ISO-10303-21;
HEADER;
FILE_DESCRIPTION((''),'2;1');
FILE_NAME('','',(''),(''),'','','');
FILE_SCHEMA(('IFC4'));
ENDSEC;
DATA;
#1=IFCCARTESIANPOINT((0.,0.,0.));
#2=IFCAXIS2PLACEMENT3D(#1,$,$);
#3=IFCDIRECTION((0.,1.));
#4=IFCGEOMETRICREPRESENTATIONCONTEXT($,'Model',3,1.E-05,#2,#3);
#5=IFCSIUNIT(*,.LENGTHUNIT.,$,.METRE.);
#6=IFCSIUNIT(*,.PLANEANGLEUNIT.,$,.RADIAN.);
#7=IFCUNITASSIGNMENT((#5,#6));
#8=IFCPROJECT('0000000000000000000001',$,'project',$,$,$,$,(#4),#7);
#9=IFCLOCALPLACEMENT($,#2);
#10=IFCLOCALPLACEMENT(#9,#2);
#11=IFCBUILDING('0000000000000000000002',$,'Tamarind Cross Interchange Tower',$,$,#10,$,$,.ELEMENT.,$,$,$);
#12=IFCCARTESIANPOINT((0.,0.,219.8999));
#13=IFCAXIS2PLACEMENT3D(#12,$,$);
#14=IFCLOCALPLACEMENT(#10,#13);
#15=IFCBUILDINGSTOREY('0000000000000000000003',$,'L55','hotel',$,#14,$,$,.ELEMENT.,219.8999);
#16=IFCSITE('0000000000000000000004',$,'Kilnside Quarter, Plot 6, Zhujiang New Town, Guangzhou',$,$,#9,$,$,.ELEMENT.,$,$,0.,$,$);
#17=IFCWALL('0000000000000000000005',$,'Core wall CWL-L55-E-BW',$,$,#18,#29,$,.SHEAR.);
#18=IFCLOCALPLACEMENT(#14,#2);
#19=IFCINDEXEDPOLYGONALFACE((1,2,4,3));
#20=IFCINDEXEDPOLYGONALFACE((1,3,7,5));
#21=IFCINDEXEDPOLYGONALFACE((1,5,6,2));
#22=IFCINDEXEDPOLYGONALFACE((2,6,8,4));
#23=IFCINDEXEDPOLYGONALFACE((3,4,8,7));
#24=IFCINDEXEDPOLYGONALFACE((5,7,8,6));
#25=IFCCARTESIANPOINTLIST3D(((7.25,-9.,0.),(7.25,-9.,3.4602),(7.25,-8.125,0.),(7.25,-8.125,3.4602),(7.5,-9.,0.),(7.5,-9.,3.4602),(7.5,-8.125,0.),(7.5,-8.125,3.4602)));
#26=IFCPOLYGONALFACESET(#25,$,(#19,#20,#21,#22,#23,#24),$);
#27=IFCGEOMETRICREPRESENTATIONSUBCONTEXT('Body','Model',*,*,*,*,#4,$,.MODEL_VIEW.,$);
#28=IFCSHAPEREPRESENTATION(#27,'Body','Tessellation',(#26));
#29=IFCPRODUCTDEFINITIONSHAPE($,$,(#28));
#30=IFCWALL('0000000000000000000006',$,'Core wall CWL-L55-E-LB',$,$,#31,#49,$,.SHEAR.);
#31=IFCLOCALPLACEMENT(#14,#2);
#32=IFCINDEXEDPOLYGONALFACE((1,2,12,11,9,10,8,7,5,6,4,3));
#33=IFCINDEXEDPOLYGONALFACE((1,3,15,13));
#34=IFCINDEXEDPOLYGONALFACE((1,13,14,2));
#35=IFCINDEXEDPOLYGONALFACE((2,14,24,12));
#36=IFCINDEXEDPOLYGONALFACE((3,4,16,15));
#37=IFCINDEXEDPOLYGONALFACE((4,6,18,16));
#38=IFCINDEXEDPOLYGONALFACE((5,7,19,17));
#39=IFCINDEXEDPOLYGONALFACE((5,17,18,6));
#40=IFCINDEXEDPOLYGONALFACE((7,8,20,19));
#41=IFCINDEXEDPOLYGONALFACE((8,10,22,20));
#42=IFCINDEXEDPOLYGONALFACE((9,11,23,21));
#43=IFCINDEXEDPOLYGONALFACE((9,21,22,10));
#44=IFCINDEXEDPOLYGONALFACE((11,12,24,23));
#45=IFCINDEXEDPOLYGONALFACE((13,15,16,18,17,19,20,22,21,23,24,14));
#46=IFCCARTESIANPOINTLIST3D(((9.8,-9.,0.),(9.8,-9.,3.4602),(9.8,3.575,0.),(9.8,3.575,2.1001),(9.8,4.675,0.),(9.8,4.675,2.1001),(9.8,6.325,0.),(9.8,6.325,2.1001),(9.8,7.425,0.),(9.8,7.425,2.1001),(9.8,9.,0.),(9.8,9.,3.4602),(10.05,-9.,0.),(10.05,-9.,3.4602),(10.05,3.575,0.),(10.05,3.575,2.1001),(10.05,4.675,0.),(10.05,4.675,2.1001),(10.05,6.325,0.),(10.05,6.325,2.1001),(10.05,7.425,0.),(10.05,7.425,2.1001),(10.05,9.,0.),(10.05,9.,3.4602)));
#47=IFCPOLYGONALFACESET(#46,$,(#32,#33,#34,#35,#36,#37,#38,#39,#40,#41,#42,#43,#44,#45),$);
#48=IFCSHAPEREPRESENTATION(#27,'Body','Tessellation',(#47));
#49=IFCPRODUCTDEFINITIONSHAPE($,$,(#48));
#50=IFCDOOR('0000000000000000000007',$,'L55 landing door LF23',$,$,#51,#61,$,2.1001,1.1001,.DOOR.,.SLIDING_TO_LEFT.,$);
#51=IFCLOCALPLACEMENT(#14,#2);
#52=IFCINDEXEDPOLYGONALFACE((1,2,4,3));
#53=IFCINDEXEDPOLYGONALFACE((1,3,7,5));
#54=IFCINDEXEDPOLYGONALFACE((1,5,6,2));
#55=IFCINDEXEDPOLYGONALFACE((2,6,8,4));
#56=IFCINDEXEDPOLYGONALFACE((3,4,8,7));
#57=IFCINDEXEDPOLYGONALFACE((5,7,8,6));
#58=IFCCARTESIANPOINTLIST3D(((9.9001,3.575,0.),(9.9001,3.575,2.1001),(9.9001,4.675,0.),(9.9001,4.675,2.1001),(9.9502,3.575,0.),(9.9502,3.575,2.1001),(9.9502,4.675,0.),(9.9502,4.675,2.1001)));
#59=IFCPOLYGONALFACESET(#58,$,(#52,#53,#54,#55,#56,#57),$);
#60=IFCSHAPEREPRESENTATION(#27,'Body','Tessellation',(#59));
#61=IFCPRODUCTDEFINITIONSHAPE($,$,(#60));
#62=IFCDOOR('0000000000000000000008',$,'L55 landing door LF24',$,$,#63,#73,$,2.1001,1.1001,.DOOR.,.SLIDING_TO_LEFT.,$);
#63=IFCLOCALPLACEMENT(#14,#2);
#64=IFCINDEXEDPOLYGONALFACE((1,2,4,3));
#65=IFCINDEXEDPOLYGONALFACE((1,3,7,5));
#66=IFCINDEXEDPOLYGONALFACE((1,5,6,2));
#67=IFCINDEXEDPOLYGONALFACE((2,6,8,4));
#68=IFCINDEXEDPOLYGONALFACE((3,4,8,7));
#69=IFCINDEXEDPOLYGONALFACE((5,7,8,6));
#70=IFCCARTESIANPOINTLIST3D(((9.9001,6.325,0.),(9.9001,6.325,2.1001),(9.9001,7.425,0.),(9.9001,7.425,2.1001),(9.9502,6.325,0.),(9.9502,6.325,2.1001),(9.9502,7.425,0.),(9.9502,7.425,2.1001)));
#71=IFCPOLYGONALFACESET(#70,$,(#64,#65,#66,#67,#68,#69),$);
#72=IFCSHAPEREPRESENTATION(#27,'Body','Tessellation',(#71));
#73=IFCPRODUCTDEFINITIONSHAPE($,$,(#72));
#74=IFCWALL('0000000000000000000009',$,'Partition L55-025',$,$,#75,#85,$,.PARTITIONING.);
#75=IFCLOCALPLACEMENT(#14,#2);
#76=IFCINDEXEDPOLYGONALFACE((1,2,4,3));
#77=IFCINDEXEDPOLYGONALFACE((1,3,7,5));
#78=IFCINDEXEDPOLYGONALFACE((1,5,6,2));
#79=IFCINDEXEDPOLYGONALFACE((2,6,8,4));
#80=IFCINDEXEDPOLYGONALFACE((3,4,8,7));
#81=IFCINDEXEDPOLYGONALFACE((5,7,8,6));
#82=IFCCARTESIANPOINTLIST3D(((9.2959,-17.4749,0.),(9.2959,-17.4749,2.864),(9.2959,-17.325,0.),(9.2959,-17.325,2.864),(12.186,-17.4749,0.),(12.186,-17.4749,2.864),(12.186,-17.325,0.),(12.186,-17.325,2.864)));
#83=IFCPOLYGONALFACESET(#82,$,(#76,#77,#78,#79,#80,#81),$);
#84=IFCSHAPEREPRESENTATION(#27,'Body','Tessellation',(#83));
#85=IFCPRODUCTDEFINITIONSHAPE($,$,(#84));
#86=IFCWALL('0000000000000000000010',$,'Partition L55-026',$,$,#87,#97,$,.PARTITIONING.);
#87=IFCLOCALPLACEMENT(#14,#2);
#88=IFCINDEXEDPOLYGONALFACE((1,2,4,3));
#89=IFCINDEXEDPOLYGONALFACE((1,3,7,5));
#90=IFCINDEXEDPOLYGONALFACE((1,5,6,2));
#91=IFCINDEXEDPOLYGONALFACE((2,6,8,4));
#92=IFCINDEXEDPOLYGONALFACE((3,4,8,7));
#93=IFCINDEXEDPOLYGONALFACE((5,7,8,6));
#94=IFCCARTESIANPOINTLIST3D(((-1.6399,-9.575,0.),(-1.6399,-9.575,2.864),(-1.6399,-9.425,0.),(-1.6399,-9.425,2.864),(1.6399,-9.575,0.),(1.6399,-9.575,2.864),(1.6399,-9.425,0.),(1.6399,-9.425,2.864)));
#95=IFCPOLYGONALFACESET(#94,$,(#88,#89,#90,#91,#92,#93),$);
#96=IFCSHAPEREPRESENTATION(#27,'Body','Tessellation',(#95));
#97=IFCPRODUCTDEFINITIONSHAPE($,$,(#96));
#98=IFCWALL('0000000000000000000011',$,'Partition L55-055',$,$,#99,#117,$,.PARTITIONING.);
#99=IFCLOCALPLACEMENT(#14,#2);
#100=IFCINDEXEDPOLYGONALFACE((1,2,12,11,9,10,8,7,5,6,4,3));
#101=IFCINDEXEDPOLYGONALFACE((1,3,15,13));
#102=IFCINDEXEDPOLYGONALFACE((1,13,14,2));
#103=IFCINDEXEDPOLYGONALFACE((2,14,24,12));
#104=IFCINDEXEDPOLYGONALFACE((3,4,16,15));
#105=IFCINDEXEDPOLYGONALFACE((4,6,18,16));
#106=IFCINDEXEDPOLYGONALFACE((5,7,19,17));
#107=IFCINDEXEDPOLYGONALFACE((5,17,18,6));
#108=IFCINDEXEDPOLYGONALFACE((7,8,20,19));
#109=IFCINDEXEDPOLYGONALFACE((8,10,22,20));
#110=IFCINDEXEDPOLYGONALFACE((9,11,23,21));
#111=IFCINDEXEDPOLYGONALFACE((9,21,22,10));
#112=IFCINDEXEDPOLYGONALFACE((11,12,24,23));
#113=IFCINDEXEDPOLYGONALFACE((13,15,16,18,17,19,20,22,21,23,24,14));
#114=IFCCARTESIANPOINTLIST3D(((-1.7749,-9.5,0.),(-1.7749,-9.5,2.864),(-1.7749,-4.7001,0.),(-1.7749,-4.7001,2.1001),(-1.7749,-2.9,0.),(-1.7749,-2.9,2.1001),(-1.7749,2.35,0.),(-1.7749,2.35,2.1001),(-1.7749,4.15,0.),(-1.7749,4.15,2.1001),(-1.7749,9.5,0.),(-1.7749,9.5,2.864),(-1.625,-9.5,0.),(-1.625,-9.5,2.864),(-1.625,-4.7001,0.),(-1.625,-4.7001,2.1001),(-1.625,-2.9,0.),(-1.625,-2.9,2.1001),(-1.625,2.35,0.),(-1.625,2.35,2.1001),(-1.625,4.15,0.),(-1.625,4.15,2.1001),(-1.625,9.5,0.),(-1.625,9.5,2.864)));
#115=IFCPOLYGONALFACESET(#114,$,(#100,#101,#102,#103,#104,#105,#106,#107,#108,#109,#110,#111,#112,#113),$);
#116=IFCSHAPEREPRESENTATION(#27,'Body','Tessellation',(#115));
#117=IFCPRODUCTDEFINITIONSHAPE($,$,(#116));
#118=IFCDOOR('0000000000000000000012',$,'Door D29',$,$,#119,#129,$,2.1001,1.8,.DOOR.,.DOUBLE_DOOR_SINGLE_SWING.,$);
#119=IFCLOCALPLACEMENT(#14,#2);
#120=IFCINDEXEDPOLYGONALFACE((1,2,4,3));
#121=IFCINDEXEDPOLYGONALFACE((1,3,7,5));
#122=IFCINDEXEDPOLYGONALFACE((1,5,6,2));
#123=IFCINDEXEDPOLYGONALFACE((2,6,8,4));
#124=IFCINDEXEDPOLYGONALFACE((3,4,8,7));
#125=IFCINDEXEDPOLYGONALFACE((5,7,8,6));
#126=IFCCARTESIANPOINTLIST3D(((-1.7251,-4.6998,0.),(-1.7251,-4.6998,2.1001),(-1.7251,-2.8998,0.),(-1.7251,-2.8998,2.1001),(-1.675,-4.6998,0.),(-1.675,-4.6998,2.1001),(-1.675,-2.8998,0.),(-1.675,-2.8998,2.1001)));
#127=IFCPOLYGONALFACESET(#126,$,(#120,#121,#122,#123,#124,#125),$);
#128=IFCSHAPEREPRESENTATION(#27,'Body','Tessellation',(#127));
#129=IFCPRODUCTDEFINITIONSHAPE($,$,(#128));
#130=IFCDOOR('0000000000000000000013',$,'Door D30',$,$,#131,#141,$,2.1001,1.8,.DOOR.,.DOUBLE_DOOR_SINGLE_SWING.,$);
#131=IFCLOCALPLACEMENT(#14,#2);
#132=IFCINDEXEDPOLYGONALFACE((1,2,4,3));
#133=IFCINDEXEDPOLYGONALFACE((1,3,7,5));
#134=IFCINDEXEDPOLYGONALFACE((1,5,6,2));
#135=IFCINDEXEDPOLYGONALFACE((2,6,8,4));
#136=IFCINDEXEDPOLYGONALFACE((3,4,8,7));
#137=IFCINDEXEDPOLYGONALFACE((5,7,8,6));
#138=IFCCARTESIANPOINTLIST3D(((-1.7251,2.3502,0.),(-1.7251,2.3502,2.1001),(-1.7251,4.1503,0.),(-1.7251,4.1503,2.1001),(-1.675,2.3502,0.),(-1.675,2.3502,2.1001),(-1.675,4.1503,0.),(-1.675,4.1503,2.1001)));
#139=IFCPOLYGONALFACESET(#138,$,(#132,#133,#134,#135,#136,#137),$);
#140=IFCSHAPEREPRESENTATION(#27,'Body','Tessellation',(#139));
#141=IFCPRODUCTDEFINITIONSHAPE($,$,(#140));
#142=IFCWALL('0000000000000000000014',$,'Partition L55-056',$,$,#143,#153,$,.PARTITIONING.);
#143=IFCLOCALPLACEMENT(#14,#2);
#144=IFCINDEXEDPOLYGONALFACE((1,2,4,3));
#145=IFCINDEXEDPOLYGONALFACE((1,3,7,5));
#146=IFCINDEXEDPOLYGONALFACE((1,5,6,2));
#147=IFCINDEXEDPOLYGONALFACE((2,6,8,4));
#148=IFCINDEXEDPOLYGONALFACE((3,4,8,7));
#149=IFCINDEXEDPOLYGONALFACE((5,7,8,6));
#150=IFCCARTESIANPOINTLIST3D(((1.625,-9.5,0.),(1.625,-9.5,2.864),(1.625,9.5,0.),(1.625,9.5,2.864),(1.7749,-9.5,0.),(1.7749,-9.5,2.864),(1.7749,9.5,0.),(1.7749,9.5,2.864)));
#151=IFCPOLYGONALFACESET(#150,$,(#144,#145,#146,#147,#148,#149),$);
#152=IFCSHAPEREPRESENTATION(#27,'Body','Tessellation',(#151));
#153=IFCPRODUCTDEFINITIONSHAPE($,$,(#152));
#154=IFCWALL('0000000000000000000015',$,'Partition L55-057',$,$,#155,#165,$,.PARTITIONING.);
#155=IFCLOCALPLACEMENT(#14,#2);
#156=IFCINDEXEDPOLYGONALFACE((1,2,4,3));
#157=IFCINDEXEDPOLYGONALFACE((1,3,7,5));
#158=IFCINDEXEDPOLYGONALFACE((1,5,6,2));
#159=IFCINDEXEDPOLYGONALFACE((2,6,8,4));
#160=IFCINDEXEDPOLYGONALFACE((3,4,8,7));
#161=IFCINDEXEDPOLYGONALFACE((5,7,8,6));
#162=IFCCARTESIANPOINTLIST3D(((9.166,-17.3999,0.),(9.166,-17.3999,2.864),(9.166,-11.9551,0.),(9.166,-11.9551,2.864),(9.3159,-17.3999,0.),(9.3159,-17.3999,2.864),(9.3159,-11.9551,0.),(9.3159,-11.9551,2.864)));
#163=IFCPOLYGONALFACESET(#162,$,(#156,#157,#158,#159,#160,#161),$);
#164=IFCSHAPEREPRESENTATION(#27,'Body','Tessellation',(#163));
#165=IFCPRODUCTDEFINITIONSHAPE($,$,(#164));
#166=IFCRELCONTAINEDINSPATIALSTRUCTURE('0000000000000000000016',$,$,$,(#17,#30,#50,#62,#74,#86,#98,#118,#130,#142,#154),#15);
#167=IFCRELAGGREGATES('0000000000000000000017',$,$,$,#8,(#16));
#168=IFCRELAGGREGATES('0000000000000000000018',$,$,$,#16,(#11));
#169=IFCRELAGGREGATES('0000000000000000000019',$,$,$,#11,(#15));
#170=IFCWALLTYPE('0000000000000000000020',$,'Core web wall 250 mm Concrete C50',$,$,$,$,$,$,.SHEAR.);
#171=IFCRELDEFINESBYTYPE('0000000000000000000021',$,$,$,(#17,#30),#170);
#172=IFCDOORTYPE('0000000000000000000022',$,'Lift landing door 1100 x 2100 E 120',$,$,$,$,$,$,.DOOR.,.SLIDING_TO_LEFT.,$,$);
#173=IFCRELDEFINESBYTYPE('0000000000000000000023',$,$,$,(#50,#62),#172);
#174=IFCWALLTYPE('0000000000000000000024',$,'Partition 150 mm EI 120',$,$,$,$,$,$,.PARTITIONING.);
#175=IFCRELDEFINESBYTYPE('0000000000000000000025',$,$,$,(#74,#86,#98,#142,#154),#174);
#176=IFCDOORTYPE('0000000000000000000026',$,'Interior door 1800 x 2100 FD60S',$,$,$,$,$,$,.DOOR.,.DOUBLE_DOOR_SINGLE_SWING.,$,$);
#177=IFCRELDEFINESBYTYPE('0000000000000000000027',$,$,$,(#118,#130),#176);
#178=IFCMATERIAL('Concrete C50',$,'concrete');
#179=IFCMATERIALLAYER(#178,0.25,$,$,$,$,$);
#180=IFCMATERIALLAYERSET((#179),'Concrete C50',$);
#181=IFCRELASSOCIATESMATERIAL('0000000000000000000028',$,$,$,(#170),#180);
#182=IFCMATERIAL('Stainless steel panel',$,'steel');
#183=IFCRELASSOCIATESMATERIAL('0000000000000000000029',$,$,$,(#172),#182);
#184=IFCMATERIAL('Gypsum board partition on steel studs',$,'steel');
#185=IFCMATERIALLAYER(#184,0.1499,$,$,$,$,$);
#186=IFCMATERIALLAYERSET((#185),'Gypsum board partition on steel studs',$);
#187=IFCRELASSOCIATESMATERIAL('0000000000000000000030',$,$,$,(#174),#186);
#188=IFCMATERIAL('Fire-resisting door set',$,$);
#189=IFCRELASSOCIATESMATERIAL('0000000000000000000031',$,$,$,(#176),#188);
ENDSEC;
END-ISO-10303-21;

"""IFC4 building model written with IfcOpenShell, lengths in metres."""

from ifc_helpers import new_model, si_unit, direction, frame, frame_2d, origin, place, context, subcontext, project, spatial, rectangle, extrude, material, layer, layer_set, type_object, element, fill, save


model = new_model("IFC4")

# Units and contexts
model_context = context("Model", 3, precision=1e-05, world=origin(), true_north=direction((0.0, 1.0)))
body_context = subcontext(model_context, "Body", "Model", "MODEL_VIEW")
ifc_project = project(units=[si_unit("LENGTHUNIT", "METRE"), si_unit("PLANEANGLEUNIT", "RADIAN")], contexts=[model_context])

# Site, building, storey
site_placement = place(None, origin())
site = spatial("IfcSite", under=ifc_project, at=site_placement, Name="Kilnside Quarter, Plot 6, Zhujiang New Town, Guangzhou", CompositionType="ELEMENT", RefElevation=0.0)
building_placement = place(site_placement, origin())
building = spatial("IfcBuilding", under=site, at=building_placement, Name="Tamarind Cross Interchange Tower", CompositionType="ELEMENT")
storey_placement = place(building_placement, frame((0.0, 0.0, 219.8999)))
storey = spatial("IfcBuildingStorey", under=building, at=storey_placement, Name="L55", Description="hotel", CompositionType="ELEMENT", Elevation=219.8999)

# Shared definitions
ifc_material_1 = material(Name="Concrete C50", Category="concrete")

# Wall
ifc_layer_1 = layer(ifc_material_1, 0.25)
ifc_layer_set_1 = layer_set([ifc_layer_1], Name="Concrete C50")
wall_type_1 = type_object("IfcWallType", Name="Core web wall 250 mm Concrete C50", PredefinedType="SHEAR", material=ifc_layer_set_1)
wall_1_placement = place(storey_placement, frame((7.375, -9.0, 0.0), z_axis=(0.0, 0.0, 1.0), x_axis=(0.0, 1.0, 0.0)))
element("IfcWall", 1, at=wall_1_placement, inside=storey, type_object=wall_type_1, Name="Core wall CWL-L55-E-BW", PredefinedType="SHEAR", context=body_context, shape_type="SweptSolid", body=[
    extrude(rectangle(XDim=0.875, YDim=0.25, at=frame_2d((0.4375, 0.0))), origin(), (0.0, 0.0, 1.0), 3.4602),
])

# Wall, openings, doors
wall_2_placement = place(storey_placement, frame((9.925, -9.0, 0.0), z_axis=(0.0, 0.0, 1.0), x_axis=(0.0, 1.0, 0.0)))
wall_2 = element("IfcWall", 2, at=wall_2_placement, inside=storey, type_object=wall_type_1, Name="Core wall CWL-L55-E-LB", PredefinedType="SHEAR", context=body_context, shape_type="SweptSolid", body=[
    extrude(rectangle(XDim=18.0, YDim=0.25, at=frame_2d((9.0, 0.0))), origin(), (0.0, 0.0, 1.0), 3.4602),
])
opening_1_placement = place(wall_2_placement, frame((12.575, 0.0, 0.0)))
opening_1 = element("IfcOpeningElement", 3, at=opening_1_placement, cuts=wall_2, PredefinedType="OPENING", context=body_context, shape_type="SweptSolid", body=[
    extrude(rectangle(XDim=1.1001, YDim=2.1001, at=frame_2d((0.55, 1.05))), frame((0.0, 0.135, 0.0), z_axis=(0.0, -1.0, 0.0), x_axis=(1.0, 0.0, 0.0)), (0.0, 0.0, 1.0), 0.27),
])
opening_2_placement = place(wall_2_placement, frame((15.325, 0.0, 0.0)))
opening_2 = element("IfcOpeningElement", 4, at=opening_2_placement, cuts=wall_2, PredefinedType="OPENING", context=body_context, shape_type="SweptSolid", body=[
    extrude(rectangle(XDim=1.1001, YDim=2.1001, at=frame_2d((0.55, 1.05))), frame((0.0, 0.135, 0.0), z_axis=(0.0, -1.0, 0.0), x_axis=(1.0, 0.0, 0.0)), (0.0, 0.0, 1.0), 0.27),
])
ifc_material_2 = material(Name="Stainless steel panel", Category="steel")
door_type_1 = type_object("IfcDoorType", Name="Lift landing door 1100 x 2100 E 120", OperationType="SLIDING_TO_LEFT", PredefinedType="DOOR", material=ifc_material_2)
door_1_placement = place(opening_1_placement, origin())
door_1 = element("IfcDoor", 5, at=door_1_placement, inside=storey, type_object=door_type_1, Name="L55 landing door LF23", OperationType="SLIDING_TO_LEFT", OverallHeight=2.1001, OverallWidth=1.1001, PredefinedType="DOOR", context=body_context, shape_type="SweptSolid", body=[
    extrude(rectangle(XDim=1.1001, YDim=2.1001, at=frame_2d((0.55, 1.05))), frame((0.0, 0.0249, 0.0), z_axis=(0.0, -1.0, 0.0), x_axis=(1.0, 0.0, 0.0)), (0.0, 0.0, 1.0), 0.05),
])
fill(opening_1, door_1)
door_2_placement = place(opening_2_placement, origin())
door_2 = element("IfcDoor", 6, at=door_2_placement, inside=storey, type_object=door_type_1, Name="L55 landing door LF24", OperationType="SLIDING_TO_LEFT", OverallHeight=2.1001, OverallWidth=1.1001, PredefinedType="DOOR", context=body_context, shape_type="SweptSolid", body=[
    extrude(rectangle(XDim=1.1001, YDim=2.1001, at=frame_2d((0.55, 1.05))), frame((0.0, 0.0249, 0.0), z_axis=(0.0, -1.0, 0.0), x_axis=(1.0, 0.0, 0.0)), (0.0, 0.0, 1.0), 0.05),
])
fill(opening_2, door_2)

# Walls
ifc_material_3 = material(Name="Gypsum board partition on steel studs", Category="steel")
ifc_layer_2 = layer(ifc_material_3, 0.1499)
ifc_layer_set_2 = layer_set([ifc_layer_2], Name="Gypsum board partition on steel studs")
wall_type_2 = type_object("IfcWallType", Name="Partition 150 mm EI 120", PredefinedType="PARTITIONING", material=ifc_layer_set_2)
wall_3_placement = place(storey_placement, frame((9.2959, -17.3999, 0.0), z_axis=(0.0, 0.0, 1.0), x_axis=(1.0, 0.0, 0.0)))
element("IfcWall", 7, at=wall_3_placement, inside=storey, type_object=wall_type_2, Name="Partition L55-025", PredefinedType="PARTITIONING", context=body_context, shape_type="SweptSolid", body=[
    extrude(rectangle(XDim=2.8901, YDim=0.1499, at=frame_2d((1.4451, 0.0))), origin(), (0.0, 0.0, 1.0), 2.864),
])
wall_4_placement = place(storey_placement, frame((-1.6399, -9.5, 0.0), z_axis=(0.0, 0.0, 1.0), x_axis=(1.0, 0.0, 0.0)))
element("IfcWall", 8, at=wall_4_placement, inside=storey, type_object=wall_type_2, Name="Partition L55-026", PredefinedType="PARTITIONING", context=body_context, shape_type="SweptSolid", body=[
    extrude(rectangle(XDim=3.2798, YDim=0.1499, at=frame_2d((1.6399, 0.0))), origin(), (0.0, 0.0, 1.0), 2.864),
])

# Wall, openings, doors
wall_5_placement = place(storey_placement, frame((-1.7, -9.5, 0.0), z_axis=(0.0, 0.0, 1.0), x_axis=(0.0, 1.0, 0.0)))
wall_5 = element("IfcWall", 9, at=wall_5_placement, inside=storey, type_object=wall_type_2, Name="Partition L55-055", PredefinedType="PARTITIONING", context=body_context, shape_type="SweptSolid", body=[
    extrude(rectangle(XDim=19.0, YDim=0.1499, at=frame_2d((9.5, 0.0))), origin(), (0.0, 0.0, 1.0), 2.864),
])
opening_3_placement = place(wall_5_placement, frame((4.8, 0.0, 0.0)))
opening_3 = element("IfcOpeningElement", 10, at=opening_3_placement, cuts=wall_5, PredefinedType="OPENING", context=body_context, shape_type="SweptSolid", body=[
    extrude(rectangle(XDim=1.8, YDim=2.1001, at=frame_2d((0.8999, 1.05))), frame((0.0, 0.085, 0.0), z_axis=(0.0, -1.0, 0.0), x_axis=(1.0, 0.0, 0.0)), (0.0, 0.0, 1.0), 0.1699),
])
opening_4_placement = place(wall_5_placement, frame((11.8501, 0.0, 0.0)))
opening_4 = element("IfcOpeningElement", 11, at=opening_4_placement, cuts=wall_5, PredefinedType="OPENING", context=body_context, shape_type="SweptSolid", body=[
    extrude(rectangle(XDim=1.8, YDim=2.1001, at=frame_2d((0.8999, 1.05))), frame((0.0, 0.085, 0.0), z_axis=(0.0, -1.0, 0.0), x_axis=(1.0, 0.0, 0.0)), (0.0, 0.0, 1.0), 0.1699),
])
ifc_material_4 = material(Name="Fire-resisting door set")
door_type_2 = type_object("IfcDoorType", Name="Interior door 1800 x 2100 FD60S", OperationType="DOUBLE_DOOR_SINGLE_SWING", PredefinedType="DOOR", material=ifc_material_4)
door_3_placement = place(opening_3_placement, frame((1.8, 0.0, 0.0), z_axis=(0.0, 0.0, 1.0), x_axis=(-1.0, 0.0, 0.0)))
door_3 = element("IfcDoor", 12, at=door_3_placement, inside=storey, type_object=door_type_2, Name="Door D29", OperationType="DOUBLE_DOOR_SINGLE_SWING", OverallHeight=2.1001, OverallWidth=1.8, PredefinedType="DOOR", context=body_context, shape_type="SweptSolid", body=[
    extrude(rectangle(XDim=1.8, YDim=2.1001, at=frame_2d((0.8999, 1.05))), frame((0.0, 0.0249, 0.0), z_axis=(0.0, -1.0, 0.0), x_axis=(1.0, 0.0, 0.0)), (0.0, 0.0, 1.0), 0.05),
])
fill(opening_3, door_3)
door_4_placement = place(opening_4_placement, frame((1.8, 0.0, 0.0), z_axis=(0.0, 0.0, 1.0), x_axis=(-1.0, 0.0, 0.0)))
door_4 = element("IfcDoor", 13, at=door_4_placement, inside=storey, type_object=door_type_2, Name="Door D30", OperationType="DOUBLE_DOOR_SINGLE_SWING", OverallHeight=2.1001, OverallWidth=1.8, PredefinedType="DOOR", context=body_context, shape_type="SweptSolid", body=[
    extrude(rectangle(XDim=1.8, YDim=2.1001, at=frame_2d((0.8999, 1.05))), frame((0.0, 0.0249, 0.0), z_axis=(0.0, -1.0, 0.0), x_axis=(1.0, 0.0, 0.0)), (0.0, 0.0, 1.0), 0.05),
])
fill(opening_4, door_4)

# Walls
wall_6_placement = place(storey_placement, frame((1.7, -9.5, 0.0), z_axis=(0.0, 0.0, 1.0), x_axis=(0.0, 1.0, 0.0)))
element("IfcWall", 14, at=wall_6_placement, inside=storey, type_object=wall_type_2, Name="Partition L55-056", PredefinedType="PARTITIONING", context=body_context, shape_type="SweptSolid", body=[
    extrude(rectangle(XDim=19.0, YDim=0.1499, at=frame_2d((9.5, 0.0))), origin(), (0.0, 0.0, 1.0), 2.864),
])
wall_7_placement = place(storey_placement, frame((9.241, -17.3999, 0.0), z_axis=(0.0, 0.0, 1.0), x_axis=(0.0, 1.0, 0.0)))
element("IfcWall", 15, at=wall_7_placement, inside=storey, type_object=wall_type_2, Name="Partition L55-057", PredefinedType="PARTITIONING", context=body_context, shape_type="SweptSolid", body=[
    extrude(rectangle(XDim=5.4448, YDim=0.1499, at=frame_2d((2.7224, 0.0))), origin(), (0.0, 0.0, 1.0), 2.864),
])

save(model, "model.ifc")
